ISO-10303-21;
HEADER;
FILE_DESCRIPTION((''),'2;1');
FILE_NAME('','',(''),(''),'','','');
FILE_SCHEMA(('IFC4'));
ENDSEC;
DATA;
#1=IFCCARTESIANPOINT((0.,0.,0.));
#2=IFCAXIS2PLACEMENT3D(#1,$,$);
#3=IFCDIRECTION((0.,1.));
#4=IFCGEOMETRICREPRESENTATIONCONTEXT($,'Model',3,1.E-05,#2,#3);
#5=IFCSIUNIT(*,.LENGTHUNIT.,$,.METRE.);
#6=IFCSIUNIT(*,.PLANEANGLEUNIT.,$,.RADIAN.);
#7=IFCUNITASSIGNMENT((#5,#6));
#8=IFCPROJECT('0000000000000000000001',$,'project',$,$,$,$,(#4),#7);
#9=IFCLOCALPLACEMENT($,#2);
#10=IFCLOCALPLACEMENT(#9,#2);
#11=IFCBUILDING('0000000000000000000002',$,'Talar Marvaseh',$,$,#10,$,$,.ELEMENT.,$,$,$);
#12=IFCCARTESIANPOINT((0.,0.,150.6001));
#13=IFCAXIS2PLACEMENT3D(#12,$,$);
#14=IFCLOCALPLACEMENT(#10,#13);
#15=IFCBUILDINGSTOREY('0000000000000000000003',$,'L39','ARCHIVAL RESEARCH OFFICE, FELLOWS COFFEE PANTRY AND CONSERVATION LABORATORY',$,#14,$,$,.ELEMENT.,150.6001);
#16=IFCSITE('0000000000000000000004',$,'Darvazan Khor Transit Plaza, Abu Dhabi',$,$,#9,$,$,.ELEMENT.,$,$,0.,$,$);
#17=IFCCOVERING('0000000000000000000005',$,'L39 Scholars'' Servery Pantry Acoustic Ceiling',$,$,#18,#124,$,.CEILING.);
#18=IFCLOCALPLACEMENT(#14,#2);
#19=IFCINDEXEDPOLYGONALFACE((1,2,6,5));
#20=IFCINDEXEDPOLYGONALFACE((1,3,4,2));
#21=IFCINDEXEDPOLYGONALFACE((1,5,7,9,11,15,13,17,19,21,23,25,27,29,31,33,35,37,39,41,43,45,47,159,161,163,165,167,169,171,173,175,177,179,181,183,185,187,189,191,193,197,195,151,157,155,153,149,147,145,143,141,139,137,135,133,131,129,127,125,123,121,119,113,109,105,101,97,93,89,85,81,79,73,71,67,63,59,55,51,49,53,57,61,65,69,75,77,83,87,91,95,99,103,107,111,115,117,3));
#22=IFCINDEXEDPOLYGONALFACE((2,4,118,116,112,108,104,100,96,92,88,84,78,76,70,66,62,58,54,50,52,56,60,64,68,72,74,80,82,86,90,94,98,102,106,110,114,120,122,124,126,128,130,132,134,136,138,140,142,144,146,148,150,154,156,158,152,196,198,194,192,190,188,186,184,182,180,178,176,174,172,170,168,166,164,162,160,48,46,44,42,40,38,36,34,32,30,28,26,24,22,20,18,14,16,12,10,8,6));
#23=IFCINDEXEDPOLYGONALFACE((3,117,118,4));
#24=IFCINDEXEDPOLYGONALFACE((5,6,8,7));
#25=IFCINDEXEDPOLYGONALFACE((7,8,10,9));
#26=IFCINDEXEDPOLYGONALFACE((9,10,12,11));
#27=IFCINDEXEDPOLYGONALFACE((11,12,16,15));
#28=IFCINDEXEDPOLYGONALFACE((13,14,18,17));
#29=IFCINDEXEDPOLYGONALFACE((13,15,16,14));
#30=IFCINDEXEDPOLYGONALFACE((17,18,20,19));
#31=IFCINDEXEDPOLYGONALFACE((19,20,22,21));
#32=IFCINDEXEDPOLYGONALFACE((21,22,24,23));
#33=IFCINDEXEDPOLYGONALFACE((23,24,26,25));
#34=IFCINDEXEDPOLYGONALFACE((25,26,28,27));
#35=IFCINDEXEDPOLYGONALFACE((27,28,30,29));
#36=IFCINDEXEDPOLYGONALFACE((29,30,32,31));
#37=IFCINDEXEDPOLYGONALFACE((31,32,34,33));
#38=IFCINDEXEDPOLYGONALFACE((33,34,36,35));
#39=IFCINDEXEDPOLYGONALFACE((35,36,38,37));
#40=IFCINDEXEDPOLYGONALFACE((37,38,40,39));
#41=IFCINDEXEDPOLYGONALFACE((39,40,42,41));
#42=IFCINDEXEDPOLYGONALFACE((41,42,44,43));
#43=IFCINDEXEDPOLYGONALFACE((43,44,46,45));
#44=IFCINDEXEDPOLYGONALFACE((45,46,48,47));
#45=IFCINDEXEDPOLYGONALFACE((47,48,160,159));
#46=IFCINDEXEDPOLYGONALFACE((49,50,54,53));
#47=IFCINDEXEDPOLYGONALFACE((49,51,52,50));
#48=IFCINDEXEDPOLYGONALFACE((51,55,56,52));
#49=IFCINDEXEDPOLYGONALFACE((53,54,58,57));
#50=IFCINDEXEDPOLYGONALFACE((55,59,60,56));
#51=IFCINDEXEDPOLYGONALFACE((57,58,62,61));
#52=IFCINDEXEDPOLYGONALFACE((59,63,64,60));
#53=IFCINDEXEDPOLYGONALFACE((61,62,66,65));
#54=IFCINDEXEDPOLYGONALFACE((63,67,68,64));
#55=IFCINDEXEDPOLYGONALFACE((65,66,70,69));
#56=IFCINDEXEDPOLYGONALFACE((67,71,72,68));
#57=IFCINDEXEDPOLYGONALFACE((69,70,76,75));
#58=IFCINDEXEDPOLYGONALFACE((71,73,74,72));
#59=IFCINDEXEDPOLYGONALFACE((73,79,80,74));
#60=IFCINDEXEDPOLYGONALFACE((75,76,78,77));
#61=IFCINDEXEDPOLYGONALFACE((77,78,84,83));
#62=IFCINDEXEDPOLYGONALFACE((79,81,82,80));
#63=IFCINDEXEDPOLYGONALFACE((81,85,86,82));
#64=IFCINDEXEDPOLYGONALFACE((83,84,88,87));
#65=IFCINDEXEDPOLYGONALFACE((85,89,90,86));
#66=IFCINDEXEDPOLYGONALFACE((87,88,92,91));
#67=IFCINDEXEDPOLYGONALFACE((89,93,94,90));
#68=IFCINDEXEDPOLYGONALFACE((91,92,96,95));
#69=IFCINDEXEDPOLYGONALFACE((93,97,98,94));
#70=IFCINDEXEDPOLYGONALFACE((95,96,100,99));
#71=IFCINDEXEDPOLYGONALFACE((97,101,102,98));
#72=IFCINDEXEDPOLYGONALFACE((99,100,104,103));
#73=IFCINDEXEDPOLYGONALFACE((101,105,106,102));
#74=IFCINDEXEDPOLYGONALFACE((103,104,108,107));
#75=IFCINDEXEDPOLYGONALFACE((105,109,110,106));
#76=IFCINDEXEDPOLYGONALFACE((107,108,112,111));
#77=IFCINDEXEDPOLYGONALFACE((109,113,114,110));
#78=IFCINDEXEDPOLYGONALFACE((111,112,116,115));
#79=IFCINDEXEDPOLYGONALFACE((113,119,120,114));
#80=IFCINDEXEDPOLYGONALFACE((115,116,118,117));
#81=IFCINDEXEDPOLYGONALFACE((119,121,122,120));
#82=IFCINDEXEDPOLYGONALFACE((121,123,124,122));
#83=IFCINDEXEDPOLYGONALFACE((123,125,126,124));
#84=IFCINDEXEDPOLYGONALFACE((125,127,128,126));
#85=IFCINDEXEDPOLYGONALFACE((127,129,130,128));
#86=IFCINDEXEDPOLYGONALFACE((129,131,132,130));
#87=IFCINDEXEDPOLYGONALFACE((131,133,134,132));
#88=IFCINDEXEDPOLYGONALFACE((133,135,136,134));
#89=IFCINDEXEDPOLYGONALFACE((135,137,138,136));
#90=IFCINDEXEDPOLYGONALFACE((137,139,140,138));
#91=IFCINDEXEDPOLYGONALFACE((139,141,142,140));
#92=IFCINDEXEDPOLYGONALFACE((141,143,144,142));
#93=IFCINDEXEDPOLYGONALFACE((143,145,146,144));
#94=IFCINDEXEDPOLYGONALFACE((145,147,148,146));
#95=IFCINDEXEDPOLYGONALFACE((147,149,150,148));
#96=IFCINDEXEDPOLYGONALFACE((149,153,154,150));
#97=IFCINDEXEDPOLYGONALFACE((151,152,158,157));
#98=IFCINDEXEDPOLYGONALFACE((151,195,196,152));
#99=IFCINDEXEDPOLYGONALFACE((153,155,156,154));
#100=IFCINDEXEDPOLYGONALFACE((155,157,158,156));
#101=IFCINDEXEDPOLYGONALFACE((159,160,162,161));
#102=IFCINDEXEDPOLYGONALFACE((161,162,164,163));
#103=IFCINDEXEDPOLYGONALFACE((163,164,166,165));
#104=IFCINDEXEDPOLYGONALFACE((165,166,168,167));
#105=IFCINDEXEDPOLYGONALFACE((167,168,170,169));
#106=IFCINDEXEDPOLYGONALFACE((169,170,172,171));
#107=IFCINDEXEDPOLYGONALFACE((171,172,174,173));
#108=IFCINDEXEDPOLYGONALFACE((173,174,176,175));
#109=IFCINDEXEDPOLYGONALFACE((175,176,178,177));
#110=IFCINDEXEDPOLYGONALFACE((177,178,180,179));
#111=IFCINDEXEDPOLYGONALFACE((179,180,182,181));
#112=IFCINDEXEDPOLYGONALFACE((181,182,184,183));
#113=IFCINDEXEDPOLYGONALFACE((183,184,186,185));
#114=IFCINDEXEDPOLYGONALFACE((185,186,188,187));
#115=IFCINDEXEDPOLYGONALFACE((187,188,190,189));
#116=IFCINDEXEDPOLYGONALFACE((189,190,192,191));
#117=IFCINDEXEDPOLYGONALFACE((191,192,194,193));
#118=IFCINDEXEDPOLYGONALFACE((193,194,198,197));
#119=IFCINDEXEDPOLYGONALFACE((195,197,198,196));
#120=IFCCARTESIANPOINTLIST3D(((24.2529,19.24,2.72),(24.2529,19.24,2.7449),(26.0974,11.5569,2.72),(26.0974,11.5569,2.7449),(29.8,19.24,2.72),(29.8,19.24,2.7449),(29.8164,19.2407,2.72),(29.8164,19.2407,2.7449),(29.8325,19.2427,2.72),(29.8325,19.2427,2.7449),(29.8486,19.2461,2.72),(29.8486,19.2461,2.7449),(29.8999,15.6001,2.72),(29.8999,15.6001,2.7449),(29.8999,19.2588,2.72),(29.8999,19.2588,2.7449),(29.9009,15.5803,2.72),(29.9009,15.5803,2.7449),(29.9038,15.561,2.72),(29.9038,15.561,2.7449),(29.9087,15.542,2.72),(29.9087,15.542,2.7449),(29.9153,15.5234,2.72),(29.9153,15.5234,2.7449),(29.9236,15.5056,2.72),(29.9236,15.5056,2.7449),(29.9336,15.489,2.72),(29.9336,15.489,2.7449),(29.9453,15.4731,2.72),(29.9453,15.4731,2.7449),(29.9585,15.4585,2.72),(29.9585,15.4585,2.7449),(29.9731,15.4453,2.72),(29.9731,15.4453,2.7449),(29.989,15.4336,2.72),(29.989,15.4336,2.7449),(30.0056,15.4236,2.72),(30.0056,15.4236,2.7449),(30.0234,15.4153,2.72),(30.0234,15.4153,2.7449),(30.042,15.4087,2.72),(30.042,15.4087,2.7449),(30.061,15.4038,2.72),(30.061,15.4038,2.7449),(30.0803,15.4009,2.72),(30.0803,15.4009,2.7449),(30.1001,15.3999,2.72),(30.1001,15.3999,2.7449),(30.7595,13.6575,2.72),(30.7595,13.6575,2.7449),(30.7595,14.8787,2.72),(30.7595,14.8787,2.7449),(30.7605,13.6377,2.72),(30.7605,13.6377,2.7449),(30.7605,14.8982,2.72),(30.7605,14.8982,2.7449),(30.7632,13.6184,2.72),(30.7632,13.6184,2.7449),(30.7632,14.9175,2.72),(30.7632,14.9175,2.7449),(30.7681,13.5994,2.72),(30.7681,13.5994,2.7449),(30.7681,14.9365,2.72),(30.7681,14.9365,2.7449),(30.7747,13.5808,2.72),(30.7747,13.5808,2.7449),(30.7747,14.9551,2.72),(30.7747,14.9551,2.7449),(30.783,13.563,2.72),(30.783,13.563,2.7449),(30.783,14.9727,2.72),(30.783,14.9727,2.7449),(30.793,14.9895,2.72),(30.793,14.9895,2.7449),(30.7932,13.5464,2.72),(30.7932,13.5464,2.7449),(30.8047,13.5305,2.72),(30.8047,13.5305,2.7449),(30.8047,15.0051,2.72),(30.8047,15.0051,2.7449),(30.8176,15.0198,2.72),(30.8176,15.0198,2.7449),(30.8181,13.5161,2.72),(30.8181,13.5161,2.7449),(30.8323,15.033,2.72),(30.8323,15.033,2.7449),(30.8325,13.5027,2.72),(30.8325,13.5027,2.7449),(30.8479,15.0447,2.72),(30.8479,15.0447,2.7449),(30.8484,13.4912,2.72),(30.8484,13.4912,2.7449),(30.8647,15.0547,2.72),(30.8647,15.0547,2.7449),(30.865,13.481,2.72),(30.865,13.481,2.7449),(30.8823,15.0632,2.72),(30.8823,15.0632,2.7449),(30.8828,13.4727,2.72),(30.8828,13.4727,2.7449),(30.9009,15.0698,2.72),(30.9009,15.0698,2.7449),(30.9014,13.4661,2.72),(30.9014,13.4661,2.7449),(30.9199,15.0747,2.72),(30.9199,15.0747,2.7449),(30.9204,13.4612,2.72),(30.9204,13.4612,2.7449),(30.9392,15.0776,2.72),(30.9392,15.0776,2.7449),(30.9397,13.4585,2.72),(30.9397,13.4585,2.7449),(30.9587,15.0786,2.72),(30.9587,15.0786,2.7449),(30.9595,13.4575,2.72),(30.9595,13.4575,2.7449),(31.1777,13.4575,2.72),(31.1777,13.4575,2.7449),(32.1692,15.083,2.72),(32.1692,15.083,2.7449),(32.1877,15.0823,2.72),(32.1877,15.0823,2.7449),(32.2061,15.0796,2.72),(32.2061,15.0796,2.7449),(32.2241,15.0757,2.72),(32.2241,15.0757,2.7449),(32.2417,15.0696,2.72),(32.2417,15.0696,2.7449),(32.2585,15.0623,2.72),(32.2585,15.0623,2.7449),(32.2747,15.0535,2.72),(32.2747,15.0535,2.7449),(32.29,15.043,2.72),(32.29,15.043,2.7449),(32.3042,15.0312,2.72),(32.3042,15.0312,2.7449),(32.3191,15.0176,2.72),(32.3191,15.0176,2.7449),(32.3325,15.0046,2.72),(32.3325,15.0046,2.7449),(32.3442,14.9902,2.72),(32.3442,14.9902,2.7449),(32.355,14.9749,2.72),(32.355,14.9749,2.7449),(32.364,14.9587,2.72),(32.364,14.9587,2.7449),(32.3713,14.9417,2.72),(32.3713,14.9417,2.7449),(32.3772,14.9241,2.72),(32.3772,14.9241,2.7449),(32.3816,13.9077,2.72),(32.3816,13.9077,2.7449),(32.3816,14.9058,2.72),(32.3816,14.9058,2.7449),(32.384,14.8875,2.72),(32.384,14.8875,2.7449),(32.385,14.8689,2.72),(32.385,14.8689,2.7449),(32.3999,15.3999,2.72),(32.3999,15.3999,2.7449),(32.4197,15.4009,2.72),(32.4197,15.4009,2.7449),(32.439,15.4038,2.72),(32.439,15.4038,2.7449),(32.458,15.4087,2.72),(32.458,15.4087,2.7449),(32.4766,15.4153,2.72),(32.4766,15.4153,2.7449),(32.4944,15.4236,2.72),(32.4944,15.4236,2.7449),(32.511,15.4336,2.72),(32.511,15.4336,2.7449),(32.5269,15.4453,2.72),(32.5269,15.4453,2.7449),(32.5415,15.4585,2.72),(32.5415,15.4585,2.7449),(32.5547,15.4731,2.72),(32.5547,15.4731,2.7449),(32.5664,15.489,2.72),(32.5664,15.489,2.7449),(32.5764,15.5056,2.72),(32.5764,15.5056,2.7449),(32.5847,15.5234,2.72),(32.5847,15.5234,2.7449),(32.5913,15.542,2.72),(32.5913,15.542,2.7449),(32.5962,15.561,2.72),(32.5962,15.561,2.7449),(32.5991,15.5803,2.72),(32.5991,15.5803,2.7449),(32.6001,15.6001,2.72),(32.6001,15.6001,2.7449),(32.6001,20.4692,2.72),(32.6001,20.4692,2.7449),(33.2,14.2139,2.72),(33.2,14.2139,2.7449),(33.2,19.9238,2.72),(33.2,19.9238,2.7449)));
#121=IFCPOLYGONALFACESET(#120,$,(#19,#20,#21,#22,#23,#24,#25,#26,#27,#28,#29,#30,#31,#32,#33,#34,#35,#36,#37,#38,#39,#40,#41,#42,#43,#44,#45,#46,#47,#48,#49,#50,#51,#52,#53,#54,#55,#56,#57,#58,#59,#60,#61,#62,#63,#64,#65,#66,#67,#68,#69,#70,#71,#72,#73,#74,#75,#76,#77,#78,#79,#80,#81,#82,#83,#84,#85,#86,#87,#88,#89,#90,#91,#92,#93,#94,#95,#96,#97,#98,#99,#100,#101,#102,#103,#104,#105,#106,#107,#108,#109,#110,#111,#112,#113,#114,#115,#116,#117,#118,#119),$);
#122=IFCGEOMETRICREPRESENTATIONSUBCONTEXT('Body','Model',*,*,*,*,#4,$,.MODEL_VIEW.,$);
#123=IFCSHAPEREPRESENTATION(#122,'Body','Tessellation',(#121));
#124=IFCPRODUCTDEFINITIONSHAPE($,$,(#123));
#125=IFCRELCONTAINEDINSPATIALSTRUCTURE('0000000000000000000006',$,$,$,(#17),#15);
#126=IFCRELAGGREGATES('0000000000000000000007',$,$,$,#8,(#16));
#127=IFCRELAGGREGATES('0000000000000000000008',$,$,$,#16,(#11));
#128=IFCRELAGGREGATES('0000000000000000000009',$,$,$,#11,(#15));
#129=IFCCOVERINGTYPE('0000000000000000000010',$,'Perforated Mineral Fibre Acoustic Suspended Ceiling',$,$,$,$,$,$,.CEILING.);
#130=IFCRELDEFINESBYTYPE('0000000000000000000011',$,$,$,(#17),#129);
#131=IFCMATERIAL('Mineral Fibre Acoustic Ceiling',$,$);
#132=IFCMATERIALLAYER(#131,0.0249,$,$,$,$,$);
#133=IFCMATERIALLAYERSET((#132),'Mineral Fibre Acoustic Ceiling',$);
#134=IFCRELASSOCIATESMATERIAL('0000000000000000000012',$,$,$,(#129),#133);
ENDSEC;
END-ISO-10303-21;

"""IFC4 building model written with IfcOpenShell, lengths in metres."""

from ifc_helpers import new_model, si_unit, direction, frame, origin, place, context, subcontext, project, spatial, polyline, outline, extrude, material, layer, layer_set, type_object, element, save


model = new_model("IFC4")

# Units and contexts
model_context = context("Model", 3, precision=1e-05, world=origin(), true_north=direction((0.0, 1.0)))
body_context = subcontext(model_context, "Body", "Model", "MODEL_VIEW")
ifc_project = project(units=[si_unit("LENGTHUNIT", "METRE"), si_unit("PLANEANGLEUNIT", "RADIAN")], contexts=[model_context])

# Site, building, storey
site_placement = place(None, origin())
site = spatial("IfcSite", under=ifc_project, at=site_placement, Name="Darvazan Khor Transit Plaza, Abu Dhabi", CompositionType="ELEMENT", RefElevation=0.0)
building_placement = place(site_placement, origin())
building = spatial("IfcBuilding", under=site, at=building_placement, Name="Talar Marvaseh", CompositionType="ELEMENT")
storey_placement = place(building_placement, frame((0.0, 0.0, 150.6001)))
storey = spatial("IfcBuildingStorey", under=building, at=storey_placement, Name="L39", Description="ARCHIVAL RESEARCH OFFICE, FELLOWS COFFEE PANTRY AND CONSERVATION LABORATORY", CompositionType="ELEMENT", Elevation=150.6001)

# Covering
ifc_material_1 = material(Name="Mineral Fibre Acoustic Ceiling")
ifc_layer_1 = layer(ifc_material_1, 0.0249)
ifc_layer_set_1 = layer_set([ifc_layer_1], Name="Mineral Fibre Acoustic Ceiling")
covering_type_1 = type_object("IfcCoveringType", Name="Perforated Mineral Fibre Acoustic Suspended Ceiling", PredefinedType="CEILING", material=ifc_layer_set_1)
covering_1_placement = place(storey_placement, frame((0.0, 0.0, 2.72)))
element("IfcCovering", 1, at=covering_1_placement, inside=storey, type_object=covering_type_1, Name="L39 Scholars' Servery Pantry Acoustic Ceiling", PredefinedType="CEILING", context=body_context, shape_type="SweptSolid", body=[
    extrude(outline(polyline([(29.8, 19.24), (29.8164, 19.2407), (29.8325, 19.2427), (29.8486, 19.2461), (29.8999, 19.2588), (29.8999, 15.6001), (29.9009, 15.5803), (29.9038, 15.561), (29.9087, 15.542), (29.9153, 15.5234), (29.9236, 15.5056), (29.9336, 15.489), (29.9453, 15.4731), (29.9585, 15.4585), (29.9731, 15.4453), (29.989, 15.4336), (30.0056, 15.4236), (30.0234, 15.4153), (30.042, 15.4087), (30.061, 15.4038), (30.0803, 15.4009), (30.1001, 15.3999), (32.3999, 15.3999), (32.4197, 15.4009), (32.439, 15.4038), (32.458, 15.4087), (32.4766, 15.4153), (32.4944, 15.4236), (32.511, 15.4336), (32.5269, 15.4453), (32.5415, 15.4585), (32.5547, 15.4731), (32.5664, 15.489), (32.5764, 15.5056), (32.5847, 15.5234), (32.5913, 15.542), (32.5962, 15.561), (32.5991, 15.5803), (32.6001, 15.6001), (32.6001, 20.4692), (33.2, 19.9238), (33.2, 14.2139), (32.3816, 13.9077), (32.385, 14.8689), (32.384, 14.8875), (32.3816, 14.9058), (32.3772, 14.9241), (32.3713, 14.9417), (32.364, 14.9587), (32.355, 14.9749), (32.3442, 14.9902), (32.3325, 15.0046), (32.3191, 15.0176), (32.3042, 15.0312), (32.29, 15.043), (32.2747, 15.0535), (32.2585, 15.0623), (32.2417, 15.0696), (32.2241, 15.0757), (32.2061, 15.0796), (32.1877, 15.0823), (32.1692, 15.083), (30.9587, 15.0786), (30.9392, 15.0776), (30.9199, 15.0747), (30.9009, 15.0698), (30.8823, 15.0632), (30.8647, 15.0547), (30.8479, 15.0447), (30.8323, 15.033), (30.8176, 15.0198), (30.8047, 15.0051), (30.793, 14.9895), (30.783, 14.9727), (30.7747, 14.9551), (30.7681, 14.9365), (30.7632, 14.9175), (30.7605, 14.8982), (30.7595, 14.8787), (30.7595, 13.6575), (30.7605, 13.6377), (30.7632, 13.6184), (30.7681, 13.5994), (30.7747, 13.5808), (30.783, 13.563), (30.7932, 13.5464), (30.8047, 13.5305), (30.8181, 13.5161), (30.8325, 13.5027), (30.8484, 13.4912), (30.865, 13.481), (30.8828, 13.4727), (30.9014, 13.4661), (30.9204, 13.4612), (30.9397, 13.4585), (30.9595, 13.4575), (31.1777, 13.4575), (26.0974, 11.5569), (24.2529, 19.24), (29.8, 19.24)])), origin(), (0.0, 0.0, 1.0), 0.0249),
])

save(model, "model.ifc")
